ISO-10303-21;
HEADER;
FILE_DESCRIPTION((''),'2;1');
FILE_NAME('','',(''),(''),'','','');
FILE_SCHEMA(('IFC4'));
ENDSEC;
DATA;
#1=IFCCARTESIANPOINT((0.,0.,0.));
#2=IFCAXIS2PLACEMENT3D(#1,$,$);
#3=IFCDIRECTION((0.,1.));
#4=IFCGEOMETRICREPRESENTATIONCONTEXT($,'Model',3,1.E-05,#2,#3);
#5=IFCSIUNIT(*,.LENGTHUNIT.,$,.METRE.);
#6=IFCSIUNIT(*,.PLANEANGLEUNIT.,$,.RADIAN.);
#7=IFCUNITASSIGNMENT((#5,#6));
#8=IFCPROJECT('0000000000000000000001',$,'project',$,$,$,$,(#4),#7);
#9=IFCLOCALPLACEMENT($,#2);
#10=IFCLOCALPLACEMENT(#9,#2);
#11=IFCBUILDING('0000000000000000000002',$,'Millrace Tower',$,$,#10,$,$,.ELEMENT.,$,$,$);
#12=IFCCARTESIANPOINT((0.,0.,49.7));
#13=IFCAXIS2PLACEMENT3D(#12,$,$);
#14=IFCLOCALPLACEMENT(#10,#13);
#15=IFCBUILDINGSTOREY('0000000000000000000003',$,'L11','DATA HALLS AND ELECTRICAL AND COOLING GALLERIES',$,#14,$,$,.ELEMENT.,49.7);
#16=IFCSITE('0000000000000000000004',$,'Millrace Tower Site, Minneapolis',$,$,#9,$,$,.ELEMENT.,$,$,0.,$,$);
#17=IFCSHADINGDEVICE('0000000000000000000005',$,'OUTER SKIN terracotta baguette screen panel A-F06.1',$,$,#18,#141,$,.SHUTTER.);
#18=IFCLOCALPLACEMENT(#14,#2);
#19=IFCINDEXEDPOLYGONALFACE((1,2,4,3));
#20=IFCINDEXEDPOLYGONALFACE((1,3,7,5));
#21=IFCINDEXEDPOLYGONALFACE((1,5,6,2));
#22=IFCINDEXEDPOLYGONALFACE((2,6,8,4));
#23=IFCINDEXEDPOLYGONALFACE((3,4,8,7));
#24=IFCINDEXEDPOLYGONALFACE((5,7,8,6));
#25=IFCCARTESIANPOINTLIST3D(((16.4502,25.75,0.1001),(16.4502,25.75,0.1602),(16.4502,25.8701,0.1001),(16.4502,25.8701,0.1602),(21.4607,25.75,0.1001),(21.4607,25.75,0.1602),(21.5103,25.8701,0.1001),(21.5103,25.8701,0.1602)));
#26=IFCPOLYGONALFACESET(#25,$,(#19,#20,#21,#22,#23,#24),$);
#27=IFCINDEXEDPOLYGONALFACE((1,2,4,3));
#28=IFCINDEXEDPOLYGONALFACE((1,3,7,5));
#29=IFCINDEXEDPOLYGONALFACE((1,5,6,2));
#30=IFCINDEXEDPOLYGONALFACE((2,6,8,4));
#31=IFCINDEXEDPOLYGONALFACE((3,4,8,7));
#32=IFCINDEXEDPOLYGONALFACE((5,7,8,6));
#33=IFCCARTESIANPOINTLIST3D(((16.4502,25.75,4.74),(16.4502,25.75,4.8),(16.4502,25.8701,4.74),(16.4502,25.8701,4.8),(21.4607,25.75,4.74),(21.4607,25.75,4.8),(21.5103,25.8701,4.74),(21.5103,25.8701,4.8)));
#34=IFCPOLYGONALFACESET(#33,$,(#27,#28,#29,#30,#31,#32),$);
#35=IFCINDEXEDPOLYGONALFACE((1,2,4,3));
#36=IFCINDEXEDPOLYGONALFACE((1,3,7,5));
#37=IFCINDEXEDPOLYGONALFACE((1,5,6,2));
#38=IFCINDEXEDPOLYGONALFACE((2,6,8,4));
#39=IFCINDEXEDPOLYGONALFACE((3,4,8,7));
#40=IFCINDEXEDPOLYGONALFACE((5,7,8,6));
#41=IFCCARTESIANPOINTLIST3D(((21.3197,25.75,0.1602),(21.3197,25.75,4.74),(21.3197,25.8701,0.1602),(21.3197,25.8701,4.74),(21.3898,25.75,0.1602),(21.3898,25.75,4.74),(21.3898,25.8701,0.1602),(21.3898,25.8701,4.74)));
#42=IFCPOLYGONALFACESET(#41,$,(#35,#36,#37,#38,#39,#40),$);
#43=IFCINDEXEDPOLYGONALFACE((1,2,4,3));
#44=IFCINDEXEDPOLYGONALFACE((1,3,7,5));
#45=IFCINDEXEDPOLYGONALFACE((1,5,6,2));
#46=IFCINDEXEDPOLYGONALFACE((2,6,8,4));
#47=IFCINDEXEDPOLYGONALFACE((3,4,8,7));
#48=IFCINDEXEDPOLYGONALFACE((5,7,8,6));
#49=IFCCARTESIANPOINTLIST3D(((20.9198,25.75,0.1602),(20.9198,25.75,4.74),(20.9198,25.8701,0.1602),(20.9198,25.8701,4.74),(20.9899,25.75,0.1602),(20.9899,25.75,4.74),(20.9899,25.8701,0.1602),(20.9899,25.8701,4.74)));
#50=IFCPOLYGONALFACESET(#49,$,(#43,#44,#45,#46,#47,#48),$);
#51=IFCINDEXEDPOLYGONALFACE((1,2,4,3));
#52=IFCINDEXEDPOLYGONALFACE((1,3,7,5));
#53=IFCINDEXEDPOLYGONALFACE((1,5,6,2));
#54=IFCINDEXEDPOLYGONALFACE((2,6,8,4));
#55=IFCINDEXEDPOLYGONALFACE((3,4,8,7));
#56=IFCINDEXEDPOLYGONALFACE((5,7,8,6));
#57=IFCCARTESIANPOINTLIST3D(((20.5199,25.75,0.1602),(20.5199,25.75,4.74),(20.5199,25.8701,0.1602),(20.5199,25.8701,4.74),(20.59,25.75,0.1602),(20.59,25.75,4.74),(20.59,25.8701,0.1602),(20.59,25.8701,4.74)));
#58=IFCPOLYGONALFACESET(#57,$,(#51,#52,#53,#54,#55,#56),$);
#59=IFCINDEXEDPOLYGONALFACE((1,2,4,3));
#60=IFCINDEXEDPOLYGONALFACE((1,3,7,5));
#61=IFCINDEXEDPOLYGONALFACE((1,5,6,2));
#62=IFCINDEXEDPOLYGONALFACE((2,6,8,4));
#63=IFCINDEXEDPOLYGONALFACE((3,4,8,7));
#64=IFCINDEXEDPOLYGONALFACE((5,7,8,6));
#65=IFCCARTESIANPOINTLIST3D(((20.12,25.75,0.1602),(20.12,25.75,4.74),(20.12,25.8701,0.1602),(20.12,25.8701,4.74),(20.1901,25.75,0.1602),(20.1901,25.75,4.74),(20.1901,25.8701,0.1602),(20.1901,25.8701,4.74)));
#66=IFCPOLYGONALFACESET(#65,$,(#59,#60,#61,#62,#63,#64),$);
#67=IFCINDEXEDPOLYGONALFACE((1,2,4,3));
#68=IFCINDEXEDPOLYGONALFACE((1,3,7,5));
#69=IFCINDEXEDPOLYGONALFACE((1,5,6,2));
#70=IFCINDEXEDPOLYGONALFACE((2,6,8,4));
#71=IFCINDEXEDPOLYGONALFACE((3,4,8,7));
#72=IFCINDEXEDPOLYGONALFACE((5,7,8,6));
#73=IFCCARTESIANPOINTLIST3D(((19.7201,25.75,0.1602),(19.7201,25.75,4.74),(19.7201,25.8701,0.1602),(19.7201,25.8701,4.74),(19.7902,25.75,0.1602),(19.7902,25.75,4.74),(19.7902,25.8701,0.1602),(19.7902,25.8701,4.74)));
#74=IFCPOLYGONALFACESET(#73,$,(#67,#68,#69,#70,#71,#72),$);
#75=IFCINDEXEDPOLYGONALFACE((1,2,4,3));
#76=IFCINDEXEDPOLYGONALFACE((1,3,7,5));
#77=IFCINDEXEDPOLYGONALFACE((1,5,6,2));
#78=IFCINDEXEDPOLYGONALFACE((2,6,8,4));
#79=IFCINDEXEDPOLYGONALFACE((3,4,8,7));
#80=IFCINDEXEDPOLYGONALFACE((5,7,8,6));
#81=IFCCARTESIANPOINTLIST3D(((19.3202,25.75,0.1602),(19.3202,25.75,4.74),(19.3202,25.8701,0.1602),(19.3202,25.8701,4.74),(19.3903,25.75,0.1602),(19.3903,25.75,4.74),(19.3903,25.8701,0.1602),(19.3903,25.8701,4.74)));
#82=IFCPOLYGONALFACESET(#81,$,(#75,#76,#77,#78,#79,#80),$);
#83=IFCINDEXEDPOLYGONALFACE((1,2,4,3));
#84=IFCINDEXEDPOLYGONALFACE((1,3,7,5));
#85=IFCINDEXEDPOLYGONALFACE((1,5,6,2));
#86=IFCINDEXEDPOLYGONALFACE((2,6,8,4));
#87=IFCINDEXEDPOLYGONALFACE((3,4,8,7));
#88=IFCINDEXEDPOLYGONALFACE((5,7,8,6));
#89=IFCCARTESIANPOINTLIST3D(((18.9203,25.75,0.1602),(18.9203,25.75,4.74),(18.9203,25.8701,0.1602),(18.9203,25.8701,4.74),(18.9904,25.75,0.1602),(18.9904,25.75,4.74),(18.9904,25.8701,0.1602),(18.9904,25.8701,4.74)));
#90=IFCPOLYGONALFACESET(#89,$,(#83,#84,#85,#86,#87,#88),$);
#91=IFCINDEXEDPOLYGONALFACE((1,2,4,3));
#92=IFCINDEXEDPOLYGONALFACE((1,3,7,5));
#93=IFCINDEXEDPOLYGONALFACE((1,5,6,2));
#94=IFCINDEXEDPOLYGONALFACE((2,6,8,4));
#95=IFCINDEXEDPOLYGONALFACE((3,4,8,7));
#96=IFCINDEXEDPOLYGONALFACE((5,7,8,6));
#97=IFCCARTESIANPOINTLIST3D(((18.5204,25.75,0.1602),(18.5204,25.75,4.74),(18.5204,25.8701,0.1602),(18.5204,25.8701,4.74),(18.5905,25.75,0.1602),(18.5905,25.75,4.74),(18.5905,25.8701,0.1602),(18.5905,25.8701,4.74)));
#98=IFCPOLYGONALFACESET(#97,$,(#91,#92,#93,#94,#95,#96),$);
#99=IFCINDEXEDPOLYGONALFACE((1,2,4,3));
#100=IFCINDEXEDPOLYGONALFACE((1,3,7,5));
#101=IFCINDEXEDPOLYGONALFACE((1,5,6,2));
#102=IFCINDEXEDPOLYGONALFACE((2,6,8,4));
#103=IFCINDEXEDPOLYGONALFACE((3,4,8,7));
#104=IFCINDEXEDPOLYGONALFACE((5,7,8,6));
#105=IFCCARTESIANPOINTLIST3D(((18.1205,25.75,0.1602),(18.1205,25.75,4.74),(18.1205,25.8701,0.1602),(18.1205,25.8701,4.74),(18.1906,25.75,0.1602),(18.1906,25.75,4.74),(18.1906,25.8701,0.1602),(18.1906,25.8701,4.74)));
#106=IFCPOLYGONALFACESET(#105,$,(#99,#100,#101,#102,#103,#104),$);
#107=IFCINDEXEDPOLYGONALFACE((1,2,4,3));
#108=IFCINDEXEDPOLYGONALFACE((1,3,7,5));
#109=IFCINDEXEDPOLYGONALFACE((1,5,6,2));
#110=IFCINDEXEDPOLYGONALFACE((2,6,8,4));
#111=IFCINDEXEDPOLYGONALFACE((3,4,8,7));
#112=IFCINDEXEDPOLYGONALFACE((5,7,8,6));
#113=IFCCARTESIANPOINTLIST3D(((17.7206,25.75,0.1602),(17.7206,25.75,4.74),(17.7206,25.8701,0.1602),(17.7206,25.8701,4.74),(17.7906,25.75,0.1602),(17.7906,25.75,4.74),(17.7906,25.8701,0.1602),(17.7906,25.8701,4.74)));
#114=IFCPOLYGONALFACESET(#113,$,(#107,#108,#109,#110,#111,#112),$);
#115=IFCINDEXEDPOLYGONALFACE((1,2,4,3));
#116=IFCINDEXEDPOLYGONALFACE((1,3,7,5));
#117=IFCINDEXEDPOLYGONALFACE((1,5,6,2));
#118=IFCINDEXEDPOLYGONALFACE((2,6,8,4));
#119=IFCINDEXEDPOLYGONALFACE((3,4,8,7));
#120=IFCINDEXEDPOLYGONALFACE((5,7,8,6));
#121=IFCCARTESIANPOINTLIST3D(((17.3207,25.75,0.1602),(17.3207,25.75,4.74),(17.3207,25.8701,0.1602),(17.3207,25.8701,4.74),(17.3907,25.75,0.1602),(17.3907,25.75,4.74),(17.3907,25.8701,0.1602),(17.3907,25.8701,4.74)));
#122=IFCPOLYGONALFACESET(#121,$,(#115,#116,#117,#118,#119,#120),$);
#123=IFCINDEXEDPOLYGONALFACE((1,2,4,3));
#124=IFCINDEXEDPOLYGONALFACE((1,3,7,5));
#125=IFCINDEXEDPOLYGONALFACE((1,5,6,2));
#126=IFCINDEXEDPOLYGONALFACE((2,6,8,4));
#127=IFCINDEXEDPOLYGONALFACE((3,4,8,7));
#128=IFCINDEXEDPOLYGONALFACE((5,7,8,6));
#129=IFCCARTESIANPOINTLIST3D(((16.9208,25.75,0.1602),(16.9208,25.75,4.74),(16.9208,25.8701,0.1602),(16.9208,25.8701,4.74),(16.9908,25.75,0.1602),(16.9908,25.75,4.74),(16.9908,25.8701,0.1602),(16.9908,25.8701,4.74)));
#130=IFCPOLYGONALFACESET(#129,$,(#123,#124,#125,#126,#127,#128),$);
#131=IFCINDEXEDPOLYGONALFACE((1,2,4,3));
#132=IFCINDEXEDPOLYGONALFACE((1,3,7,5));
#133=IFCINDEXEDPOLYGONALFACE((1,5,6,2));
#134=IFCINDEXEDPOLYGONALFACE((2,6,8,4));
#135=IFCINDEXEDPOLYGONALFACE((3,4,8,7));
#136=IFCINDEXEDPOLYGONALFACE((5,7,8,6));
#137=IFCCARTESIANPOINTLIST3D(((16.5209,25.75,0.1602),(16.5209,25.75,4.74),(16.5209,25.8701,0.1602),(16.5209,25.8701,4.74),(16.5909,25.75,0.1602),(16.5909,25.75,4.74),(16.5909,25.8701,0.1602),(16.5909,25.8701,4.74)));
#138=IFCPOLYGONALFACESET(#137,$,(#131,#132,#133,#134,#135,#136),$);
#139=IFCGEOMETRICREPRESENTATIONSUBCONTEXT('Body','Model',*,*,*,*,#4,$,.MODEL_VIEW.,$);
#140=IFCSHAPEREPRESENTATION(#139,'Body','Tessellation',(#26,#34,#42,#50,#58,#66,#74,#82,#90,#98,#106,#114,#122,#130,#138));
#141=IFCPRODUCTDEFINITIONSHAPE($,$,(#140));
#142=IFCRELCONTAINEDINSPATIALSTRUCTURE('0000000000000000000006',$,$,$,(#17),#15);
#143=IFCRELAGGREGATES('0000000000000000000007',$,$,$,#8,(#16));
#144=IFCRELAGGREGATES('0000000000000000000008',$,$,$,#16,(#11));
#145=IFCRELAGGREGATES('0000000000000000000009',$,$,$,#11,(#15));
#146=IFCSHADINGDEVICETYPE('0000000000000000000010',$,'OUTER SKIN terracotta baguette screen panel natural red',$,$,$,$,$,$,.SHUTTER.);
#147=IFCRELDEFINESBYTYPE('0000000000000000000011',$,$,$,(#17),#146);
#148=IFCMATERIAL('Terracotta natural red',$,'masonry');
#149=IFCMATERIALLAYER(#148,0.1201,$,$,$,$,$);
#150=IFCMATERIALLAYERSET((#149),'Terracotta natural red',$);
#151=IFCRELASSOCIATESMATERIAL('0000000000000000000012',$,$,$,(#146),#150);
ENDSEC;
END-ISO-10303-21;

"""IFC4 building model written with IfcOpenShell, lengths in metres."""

from ifc_helpers import new_model, entity, si_unit, direction, frame, frame_2d, origin, place, context, subcontext, project, spatial, rectangle, extrude, source, transform, mapped, material, layer, layer_set, type_object, element, save


model = new_model("IFC4")

# Units and contexts
model_context = context("Model", 3, precision=1e-05, world=origin(), true_north=direction((0.0, 1.0)))
body_context = subcontext(model_context, "Body", "Model", "MODEL_VIEW")
ifc_project = project(units=[si_unit("LENGTHUNIT", "METRE"), si_unit("PLANEANGLEUNIT", "RADIAN")], contexts=[model_context])

# Site, building, storey
site_placement = place(None, origin())
site = spatial("IfcSite", under=ifc_project, at=site_placement, Name="Millrace Tower Site, Minneapolis", CompositionType="ELEMENT", RefElevation=0.0)
building_placement = place(site_placement, origin())
building = spatial("IfcBuilding", under=site, at=building_placement, Name="Millrace Tower", CompositionType="ELEMENT")
storey_placement = place(building_placement, frame((0.0, 0.0, 49.7)))
storey = spatial("IfcBuildingStorey", under=building, at=storey_placement, Name="L11", Description="DATA HALLS AND ELECTRICAL AND COOLING GALLERIES", CompositionType="ELEMENT", Elevation=49.7)

# Shading device
ifc_material_1 = material(Name="Terracotta natural red", Category="masonry")
ifc_layer_1 = layer(ifc_material_1, 0.1201)
ifc_layer_set_1 = layer_set([ifc_layer_1], Name="Terracotta natural red")
shading_device_type_1 = type_object("IfcShadingDeviceType", Name="OUTER SKIN terracotta baguette screen panel natural red", PredefinedType="SHUTTER", material=ifc_layer_set_1)
cartesian_point_1 = entity("IfcCartesianPoint", [-2.4929, 0.0601])
shared_polyline_1 = entity("IfcPolyline", [cartesian_point_1, entity("IfcCartesianPoint", [2.5176, 0.0601]), entity("IfcCartesianPoint", [2.5176, -0.0601]), entity("IfcCartesianPoint", [-2.5425, -0.0601]), cartesian_point_1])
shared_shape_1 = source(origin(), body_context, "Body", "SweptSolid", [
    entity("IfcExtrudedAreaSolid", entity("IfcArbitraryClosedProfileDef", "AREA", None, shared_polyline_1), entity("IfcAxis2Placement3D", entity("IfcCartesianPoint", [0.0, 0.0, 0.0])), entity("IfcDirection", [0.0, 0.0, 1.0]), 0.0601),
    entity("IfcExtrudedAreaSolid", entity("IfcArbitraryClosedProfileDef", "AREA", None, shared_polyline_1), entity("IfcAxis2Placement3D", entity("IfcCartesianPoint", [0.0, 0.0, 4.6399])), entity("IfcDirection", [0.0, 0.0, 1.0]), 0.0601),
    extrude(rectangle(XDim=0.0701, YDim=0.1201, at=frame_2d((-2.387, 0.0))), frame((0.0, 0.0, 0.0601)), (0.0, 0.0, 1.0), 4.5798),
    extrude(rectangle(XDim=0.0701, YDim=0.1201, at=frame_2d((-1.9871, 0.0))), frame((0.0, 0.0, 0.0601)), (0.0, 0.0, 1.0), 4.5798),
    extrude(rectangle(XDim=0.0701, YDim=0.1201, at=frame_2d((-1.5872, 0.0))), frame((0.0, 0.0, 0.0601)), (0.0, 0.0, 1.0), 4.5798),
    extrude(rectangle(XDim=0.0701, YDim=0.1201, at=frame_2d((-1.1873, 0.0))), frame((0.0, 0.0, 0.0601)), (0.0, 0.0, 1.0), 4.5798),
    extrude(rectangle(XDim=0.0701, YDim=0.1201, at=frame_2d((-0.7874, 0.0))), frame((0.0, 0.0, 0.0601)), (0.0, 0.0, 1.0), 4.5798),
    extrude(rectangle(XDim=0.0701, YDim=0.1201, at=frame_2d((-0.3875, 0.0))), frame((0.0, 0.0, 0.0601)), (0.0, 0.0, 1.0), 4.5798),
    extrude(rectangle(XDim=0.0701, YDim=0.1201, at=frame_2d((0.0125, 0.0))), frame((0.0, 0.0, 0.0601)), (0.0, 0.0, 1.0), 4.5798),
    extrude(rectangle(XDim=0.0701, YDim=0.1201, at=frame_2d((0.4124, 0.0))), frame((0.0, 0.0, 0.0601)), (0.0, 0.0, 1.0), 4.5798),
    extrude(rectangle(XDim=0.0701, YDim=0.1201, at=frame_2d((0.8123, 0.0))), frame((0.0, 0.0, 0.0601)), (0.0, 0.0, 1.0), 4.5798),
    extrude(rectangle(XDim=0.0701, YDim=0.1201, at=frame_2d((1.2122, 0.0))), frame((0.0, 0.0, 0.0601)), (0.0, 0.0, 1.0), 4.5798),
    extrude(rectangle(XDim=0.0701, YDim=0.1201, at=frame_2d((1.6121, 0.0))), frame((0.0, 0.0, 0.0601)), (0.0, 0.0, 1.0), 4.5798),
    extrude(rectangle(XDim=0.0701, YDim=0.1201, at=frame_2d((2.012, 0.0))), frame((0.0, 0.0, 0.0601)), (0.0, 0.0, 1.0), 4.5798),
    extrude(rectangle(XDim=0.0701, YDim=0.1201, at=frame_2d((2.4119, 0.0))), frame((0.0, 0.0, 0.0601)), (0.0, 0.0, 1.0), 4.5798),
])
shading_device_1_placement = place(storey_placement, frame((18.9678, 25.8101, 0.1001), z_axis=(0.0, 0.0, 1.0), x_axis=(-1.0, 0.0, 0.0)))
element("IfcShadingDevice", 1, at=shading_device_1_placement, inside=storey, type_object=shading_device_type_1, Name="OUTER SKIN terracotta baguette screen panel A-F06.1", PredefinedType="SHUTTER", context=body_context, shape_type="MappedRepresentation", body=[
    mapped(shared_shape_1, transform((0.0, 0.0, 0.0), scale=1.0)),
])

save(model, "model.ifc")
